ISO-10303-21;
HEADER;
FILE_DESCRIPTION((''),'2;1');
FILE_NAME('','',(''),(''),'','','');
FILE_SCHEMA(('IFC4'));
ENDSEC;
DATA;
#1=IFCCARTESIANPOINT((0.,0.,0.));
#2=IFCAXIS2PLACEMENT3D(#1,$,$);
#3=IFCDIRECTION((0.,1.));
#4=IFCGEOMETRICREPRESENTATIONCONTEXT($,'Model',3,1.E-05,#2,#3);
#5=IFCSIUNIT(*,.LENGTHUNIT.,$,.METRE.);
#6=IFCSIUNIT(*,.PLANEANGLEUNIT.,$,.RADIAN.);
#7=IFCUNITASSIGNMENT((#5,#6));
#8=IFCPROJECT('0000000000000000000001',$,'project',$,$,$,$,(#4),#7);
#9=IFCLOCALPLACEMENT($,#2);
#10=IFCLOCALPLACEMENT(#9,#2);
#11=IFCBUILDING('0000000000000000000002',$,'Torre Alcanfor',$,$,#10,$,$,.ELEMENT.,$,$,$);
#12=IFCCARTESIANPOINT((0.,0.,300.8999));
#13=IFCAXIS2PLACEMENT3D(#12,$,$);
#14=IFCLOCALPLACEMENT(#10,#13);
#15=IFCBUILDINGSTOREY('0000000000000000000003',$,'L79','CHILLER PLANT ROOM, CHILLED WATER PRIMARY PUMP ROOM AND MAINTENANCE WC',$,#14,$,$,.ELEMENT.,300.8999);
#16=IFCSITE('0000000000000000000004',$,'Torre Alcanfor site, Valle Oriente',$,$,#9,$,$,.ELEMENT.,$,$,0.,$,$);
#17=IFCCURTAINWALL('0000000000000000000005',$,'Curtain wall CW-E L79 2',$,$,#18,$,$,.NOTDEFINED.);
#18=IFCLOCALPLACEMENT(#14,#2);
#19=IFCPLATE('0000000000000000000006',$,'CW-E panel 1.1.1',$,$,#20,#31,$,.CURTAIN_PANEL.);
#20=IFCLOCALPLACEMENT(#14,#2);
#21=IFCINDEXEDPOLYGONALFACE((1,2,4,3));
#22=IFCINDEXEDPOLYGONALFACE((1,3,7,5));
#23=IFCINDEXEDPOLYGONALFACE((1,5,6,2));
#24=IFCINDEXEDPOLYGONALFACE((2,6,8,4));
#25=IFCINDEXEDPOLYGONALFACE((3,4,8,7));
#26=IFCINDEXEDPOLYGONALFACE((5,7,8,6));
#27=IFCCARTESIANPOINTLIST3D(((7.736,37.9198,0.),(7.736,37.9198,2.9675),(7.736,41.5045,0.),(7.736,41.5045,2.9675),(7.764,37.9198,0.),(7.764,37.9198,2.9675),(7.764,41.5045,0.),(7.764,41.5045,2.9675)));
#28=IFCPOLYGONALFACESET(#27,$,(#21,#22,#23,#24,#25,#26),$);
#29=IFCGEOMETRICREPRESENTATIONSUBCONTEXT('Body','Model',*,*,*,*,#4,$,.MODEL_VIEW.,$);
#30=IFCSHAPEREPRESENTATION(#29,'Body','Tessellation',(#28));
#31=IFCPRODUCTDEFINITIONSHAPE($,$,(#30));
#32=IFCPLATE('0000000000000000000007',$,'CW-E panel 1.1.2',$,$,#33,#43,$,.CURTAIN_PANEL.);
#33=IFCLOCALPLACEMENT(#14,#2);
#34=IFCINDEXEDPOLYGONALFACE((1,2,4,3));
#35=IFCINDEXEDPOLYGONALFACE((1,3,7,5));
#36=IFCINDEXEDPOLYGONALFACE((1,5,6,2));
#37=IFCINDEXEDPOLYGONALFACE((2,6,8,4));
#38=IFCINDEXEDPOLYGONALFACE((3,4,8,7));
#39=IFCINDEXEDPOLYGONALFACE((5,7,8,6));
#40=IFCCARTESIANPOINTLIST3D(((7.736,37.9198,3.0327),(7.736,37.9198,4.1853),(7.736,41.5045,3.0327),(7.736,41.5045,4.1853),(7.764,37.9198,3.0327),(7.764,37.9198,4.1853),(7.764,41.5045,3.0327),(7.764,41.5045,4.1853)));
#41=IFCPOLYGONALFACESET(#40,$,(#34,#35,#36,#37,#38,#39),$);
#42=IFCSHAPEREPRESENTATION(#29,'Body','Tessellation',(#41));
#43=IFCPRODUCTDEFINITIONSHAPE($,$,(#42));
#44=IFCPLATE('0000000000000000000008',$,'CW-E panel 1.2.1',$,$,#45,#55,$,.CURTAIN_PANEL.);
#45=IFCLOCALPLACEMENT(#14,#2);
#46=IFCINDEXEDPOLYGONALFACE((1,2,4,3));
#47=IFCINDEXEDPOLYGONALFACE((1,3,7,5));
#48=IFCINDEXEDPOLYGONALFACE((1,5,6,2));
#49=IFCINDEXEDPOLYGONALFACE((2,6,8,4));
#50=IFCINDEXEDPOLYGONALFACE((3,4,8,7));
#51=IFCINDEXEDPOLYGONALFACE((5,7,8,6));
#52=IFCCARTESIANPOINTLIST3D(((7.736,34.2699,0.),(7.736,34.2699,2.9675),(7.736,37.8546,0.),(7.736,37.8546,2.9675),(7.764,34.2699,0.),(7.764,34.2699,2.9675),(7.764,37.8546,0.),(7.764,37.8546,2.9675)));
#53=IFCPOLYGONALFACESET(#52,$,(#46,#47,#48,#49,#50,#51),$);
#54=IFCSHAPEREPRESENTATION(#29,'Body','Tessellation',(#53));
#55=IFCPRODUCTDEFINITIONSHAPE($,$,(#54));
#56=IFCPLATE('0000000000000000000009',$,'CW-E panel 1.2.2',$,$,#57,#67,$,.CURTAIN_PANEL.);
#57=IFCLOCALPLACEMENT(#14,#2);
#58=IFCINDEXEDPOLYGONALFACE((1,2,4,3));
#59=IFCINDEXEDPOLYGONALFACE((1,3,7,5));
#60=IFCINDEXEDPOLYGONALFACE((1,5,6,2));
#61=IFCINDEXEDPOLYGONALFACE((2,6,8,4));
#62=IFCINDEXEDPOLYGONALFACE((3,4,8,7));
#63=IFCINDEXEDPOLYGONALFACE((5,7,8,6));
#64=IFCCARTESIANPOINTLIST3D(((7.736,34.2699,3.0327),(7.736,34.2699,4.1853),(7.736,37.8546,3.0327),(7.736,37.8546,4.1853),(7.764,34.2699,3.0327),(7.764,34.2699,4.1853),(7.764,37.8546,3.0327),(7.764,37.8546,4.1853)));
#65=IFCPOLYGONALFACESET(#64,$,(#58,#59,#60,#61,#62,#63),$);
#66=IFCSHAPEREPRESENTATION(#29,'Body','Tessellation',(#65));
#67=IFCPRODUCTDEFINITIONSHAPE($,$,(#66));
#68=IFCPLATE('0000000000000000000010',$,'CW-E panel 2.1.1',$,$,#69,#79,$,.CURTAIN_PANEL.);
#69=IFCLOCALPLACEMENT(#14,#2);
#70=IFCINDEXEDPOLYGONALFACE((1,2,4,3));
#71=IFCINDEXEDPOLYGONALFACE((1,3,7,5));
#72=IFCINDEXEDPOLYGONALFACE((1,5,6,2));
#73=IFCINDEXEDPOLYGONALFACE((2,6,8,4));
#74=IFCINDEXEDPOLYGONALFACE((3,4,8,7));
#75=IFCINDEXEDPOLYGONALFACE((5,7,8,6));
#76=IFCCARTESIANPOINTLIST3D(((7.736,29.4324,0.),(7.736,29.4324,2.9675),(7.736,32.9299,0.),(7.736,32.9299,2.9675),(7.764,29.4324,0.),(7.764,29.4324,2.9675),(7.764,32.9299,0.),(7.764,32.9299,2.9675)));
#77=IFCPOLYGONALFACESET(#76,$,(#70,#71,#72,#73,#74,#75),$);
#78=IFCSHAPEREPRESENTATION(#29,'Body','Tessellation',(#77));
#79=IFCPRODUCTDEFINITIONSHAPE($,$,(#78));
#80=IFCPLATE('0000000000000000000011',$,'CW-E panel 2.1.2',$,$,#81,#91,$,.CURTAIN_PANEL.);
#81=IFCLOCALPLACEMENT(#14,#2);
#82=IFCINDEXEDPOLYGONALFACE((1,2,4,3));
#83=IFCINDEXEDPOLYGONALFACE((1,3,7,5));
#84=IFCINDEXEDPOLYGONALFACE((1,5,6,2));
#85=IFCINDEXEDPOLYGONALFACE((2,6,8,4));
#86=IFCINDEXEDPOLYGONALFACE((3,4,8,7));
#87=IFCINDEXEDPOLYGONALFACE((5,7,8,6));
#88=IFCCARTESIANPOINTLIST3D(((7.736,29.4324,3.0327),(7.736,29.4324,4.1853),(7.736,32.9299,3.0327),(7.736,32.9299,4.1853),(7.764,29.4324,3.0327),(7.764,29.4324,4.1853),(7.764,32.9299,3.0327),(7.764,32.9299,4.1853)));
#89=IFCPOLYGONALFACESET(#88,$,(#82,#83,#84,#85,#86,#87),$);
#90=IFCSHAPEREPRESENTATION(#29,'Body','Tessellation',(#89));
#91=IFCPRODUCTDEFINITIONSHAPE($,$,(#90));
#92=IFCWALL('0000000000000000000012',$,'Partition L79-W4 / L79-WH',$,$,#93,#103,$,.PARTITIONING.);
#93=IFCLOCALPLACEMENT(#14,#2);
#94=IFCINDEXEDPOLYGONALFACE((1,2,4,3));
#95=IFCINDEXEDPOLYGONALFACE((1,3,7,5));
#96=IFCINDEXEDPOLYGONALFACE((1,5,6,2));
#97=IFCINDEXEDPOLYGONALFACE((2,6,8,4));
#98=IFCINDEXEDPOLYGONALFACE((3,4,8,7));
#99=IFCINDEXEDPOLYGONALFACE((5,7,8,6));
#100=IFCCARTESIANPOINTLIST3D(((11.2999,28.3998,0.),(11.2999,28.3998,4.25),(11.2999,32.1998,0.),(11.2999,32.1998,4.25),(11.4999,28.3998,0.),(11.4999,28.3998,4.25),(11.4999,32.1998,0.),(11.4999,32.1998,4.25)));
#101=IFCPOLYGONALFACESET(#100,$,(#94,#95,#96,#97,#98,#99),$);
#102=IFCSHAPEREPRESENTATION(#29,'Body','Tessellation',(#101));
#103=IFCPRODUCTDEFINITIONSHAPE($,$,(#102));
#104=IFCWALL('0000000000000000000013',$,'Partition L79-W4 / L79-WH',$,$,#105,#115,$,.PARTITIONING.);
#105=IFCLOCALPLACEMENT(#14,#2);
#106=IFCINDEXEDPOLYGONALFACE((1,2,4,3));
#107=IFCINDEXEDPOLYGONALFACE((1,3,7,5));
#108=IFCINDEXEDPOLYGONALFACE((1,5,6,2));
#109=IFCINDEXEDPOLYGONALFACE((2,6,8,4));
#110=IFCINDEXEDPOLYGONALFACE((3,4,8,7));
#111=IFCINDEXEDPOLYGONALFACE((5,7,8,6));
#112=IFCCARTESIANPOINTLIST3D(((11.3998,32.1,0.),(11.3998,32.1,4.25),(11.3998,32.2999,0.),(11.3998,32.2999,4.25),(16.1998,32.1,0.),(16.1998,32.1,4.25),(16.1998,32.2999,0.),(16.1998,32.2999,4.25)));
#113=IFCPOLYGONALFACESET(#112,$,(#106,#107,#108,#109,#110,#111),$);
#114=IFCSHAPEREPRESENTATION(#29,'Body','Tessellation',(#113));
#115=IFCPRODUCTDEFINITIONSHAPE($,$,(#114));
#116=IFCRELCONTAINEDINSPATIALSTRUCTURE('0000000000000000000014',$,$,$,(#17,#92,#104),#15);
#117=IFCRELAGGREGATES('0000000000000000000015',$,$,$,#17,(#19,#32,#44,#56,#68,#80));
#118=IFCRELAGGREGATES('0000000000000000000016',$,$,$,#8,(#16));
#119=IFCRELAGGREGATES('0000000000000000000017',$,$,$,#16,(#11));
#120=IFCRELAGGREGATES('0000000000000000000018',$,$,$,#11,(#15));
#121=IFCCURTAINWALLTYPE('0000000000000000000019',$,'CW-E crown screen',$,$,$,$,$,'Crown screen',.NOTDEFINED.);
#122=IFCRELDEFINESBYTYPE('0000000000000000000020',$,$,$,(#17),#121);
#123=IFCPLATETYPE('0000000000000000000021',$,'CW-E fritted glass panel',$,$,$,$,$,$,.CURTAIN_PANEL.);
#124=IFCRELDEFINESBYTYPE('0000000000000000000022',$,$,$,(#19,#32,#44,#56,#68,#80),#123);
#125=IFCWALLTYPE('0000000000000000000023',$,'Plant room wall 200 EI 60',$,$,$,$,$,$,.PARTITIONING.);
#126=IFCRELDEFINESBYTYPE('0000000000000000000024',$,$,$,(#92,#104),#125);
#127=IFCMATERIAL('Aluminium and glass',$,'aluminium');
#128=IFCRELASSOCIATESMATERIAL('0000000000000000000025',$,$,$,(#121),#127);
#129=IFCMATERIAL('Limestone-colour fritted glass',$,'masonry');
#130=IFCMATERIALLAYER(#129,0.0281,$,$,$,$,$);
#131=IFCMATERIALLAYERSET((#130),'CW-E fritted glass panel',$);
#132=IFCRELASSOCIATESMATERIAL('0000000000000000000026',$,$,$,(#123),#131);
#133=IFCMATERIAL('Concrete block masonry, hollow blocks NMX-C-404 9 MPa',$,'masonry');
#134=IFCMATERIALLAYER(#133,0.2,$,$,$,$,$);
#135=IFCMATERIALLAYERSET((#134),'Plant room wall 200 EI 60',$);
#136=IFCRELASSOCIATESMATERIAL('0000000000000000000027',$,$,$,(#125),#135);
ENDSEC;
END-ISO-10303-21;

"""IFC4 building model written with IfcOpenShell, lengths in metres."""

from ifc_helpers import new_model, si_unit, direction, frame, frame_2d, origin, origin_2d, place, context, subcontext, project, spatial, rectangle, extrude, material, layer, layer_set, type_object, element, aggregate, save


model = new_model("IFC4")

# Units and contexts
model_context = context("Model", 3, precision=1e-05, world=origin(), true_north=direction((0.0, 1.0)))
body_context = subcontext(model_context, "Body", "Model", "MODEL_VIEW")
ifc_project = project(units=[si_unit("LENGTHUNIT", "METRE"), si_unit("PLANEANGLEUNIT", "RADIAN")], contexts=[model_context])

# Site, building, storey
site_placement = place(None, origin())
site = spatial("IfcSite", under=ifc_project, at=site_placement, Name="Torre Alcanfor site, Valle Oriente", CompositionType="ELEMENT", RefElevation=0.0)
building_placement = place(site_placement, origin())
building = spatial("IfcBuilding", under=site, at=building_placement, Name="Torre Alcanfor", CompositionType="ELEMENT")
storey_placement = place(building_placement, frame((0.0, 0.0, 300.8999)))
storey = spatial("IfcBuildingStorey", under=building, at=storey_placement, Name="L79", Description="CHILLER PLANT ROOM, CHILLED WATER PRIMARY PUMP ROOM AND MAINTENANCE WC", CompositionType="ELEMENT", Elevation=300.8999)

# Curtain wall
ifc_material_1 = material(Name="Aluminium and glass", Category="aluminium")
curtain_wall_type = type_object("IfcCurtainWallType", Name="CW-E crown screen", ElementType="Crown screen", PredefinedType="NOTDEFINED", material=ifc_material_1)
curtain_wall_placement = place(storey_placement, origin())
curtain_wall = element("IfcCurtainWall", 1, at=curtain_wall_placement, inside=storey, type_object=curtain_wall_type, Name="Curtain wall CW-E L79 2", PredefinedType="NOTDEFINED")

# Plates
ifc_material_2 = material(Name="Limestone-colour fritted glass", Category="masonry")
ifc_layer_1 = layer(ifc_material_2, 0.0281)
ifc_layer_set_1 = layer_set([ifc_layer_1], Name="CW-E fritted glass panel")
plate_type = type_object("IfcPlateType", Name="CW-E fritted glass panel", PredefinedType="CURTAIN_PANEL", material=ifc_layer_set_1)
plate_1_placement = place(storey_placement, frame((7.75, 39.7122, 0.0), z_axis=(0.0, 0.0, 1.0), x_axis=(0.0, -1.0, 0.0)))
plate_1 = element("IfcPlate", 2, at=plate_1_placement, type_object=plate_type, Name="CW-E panel 1.1.1", PredefinedType="CURTAIN_PANEL", context=body_context, shape_type="SweptSolid", body=[
    extrude(rectangle(XDim=3.5847, YDim=0.0281, at=origin_2d()), origin(), (0.0, 0.0, 1.0), 2.9675),
])
plate_2_placement = place(storey_placement, frame((7.75, 39.7122, 3.0327), z_axis=(0.0, 0.0, 1.0), x_axis=(0.0, -1.0, 0.0)))
plate_2 = element("IfcPlate", 3, at=plate_2_placement, type_object=plate_type, Name="CW-E panel 1.1.2", PredefinedType="CURTAIN_PANEL", context=body_context, shape_type="SweptSolid", body=[
    extrude(rectangle(XDim=3.5847, YDim=0.0281, at=origin_2d()), origin(), (0.0, 0.0, 1.0), 1.1526),
])
plate_3_placement = place(storey_placement, frame((7.75, 36.0623, 0.0), z_axis=(0.0, 0.0, 1.0), x_axis=(0.0, -1.0, 0.0)))
plate_3 = element("IfcPlate", 4, at=plate_3_placement, type_object=plate_type, Name="CW-E panel 1.2.1", PredefinedType="CURTAIN_PANEL", context=body_context, shape_type="SweptSolid", body=[
    extrude(rectangle(XDim=3.5847, YDim=0.0281, at=origin_2d()), origin(), (0.0, 0.0, 1.0), 2.9675),
])
plate_4_placement = place(storey_placement, frame((7.75, 36.0623, 3.0327), z_axis=(0.0, 0.0, 1.0), x_axis=(0.0, -1.0, 0.0)))
plate_4 = element("IfcPlate", 5, at=plate_4_placement, type_object=plate_type, Name="CW-E panel 1.2.2", PredefinedType="CURTAIN_PANEL", context=body_context, shape_type="SweptSolid", body=[
    extrude(rectangle(XDim=3.5847, YDim=0.0281, at=origin_2d()), origin(), (0.0, 0.0, 1.0), 1.1526),
])
plate_5_placement = place(storey_placement, frame((7.75, 31.1812, 0.0), z_axis=(0.0, 0.0, 1.0), x_axis=(0.0, -1.0, 0.0)))
plate_5 = element("IfcPlate", 6, at=plate_5_placement, type_object=plate_type, Name="CW-E panel 2.1.1", PredefinedType="CURTAIN_PANEL", context=body_context, shape_type="SweptSolid", body=[
    extrude(rectangle(XDim=3.4976, YDim=0.0281, at=origin_2d()), origin(), (0.0, 0.0, 1.0), 2.9675),
])
plate_6_placement = place(storey_placement, frame((7.75, 31.1812, 3.0327), z_axis=(0.0, 0.0, 1.0), x_axis=(0.0, -1.0, 0.0)))
plate_6 = element("IfcPlate", 7, at=plate_6_placement, type_object=plate_type, Name="CW-E panel 2.1.2", PredefinedType="CURTAIN_PANEL", context=body_context, shape_type="SweptSolid", body=[
    extrude(rectangle(XDim=3.4976, YDim=0.0281, at=origin_2d()), origin(), (0.0, 0.0, 1.0), 1.1526),
])
aggregate(curtain_wall, [plate_1, plate_2, plate_3, plate_4, plate_5, plate_6])

# Shared definitions
ifc_material_3 = material(Name="Concrete block masonry, hollow blocks NMX-C-404 9 MPa", Category="masonry")
ifc_layer_2 = layer(ifc_material_3, 0.2)
ifc_layer_set_2 = layer_set([ifc_layer_2], Name="Plant room wall 200 EI 60")
wall_type = type_object("IfcWallType", Name="Plant room wall 200 EI 60", PredefinedType="PARTITIONING", material=ifc_layer_set_2)

# Walls
wall_1_placement = place(storey_placement, frame((11.3999, 28.3999, 0.0), z_axis=(0.0, 0.0, 1.0), x_axis=(0.0, 1.0, 0.0)))
element("IfcWall", 8, at=wall_1_placement, inside=storey, type_object=wall_type, Name="Partition L79-W4 / L79-WH", PredefinedType="PARTITIONING", context=body_context, shape_type="SweptSolid", body=[
    extrude(rectangle(XDim=3.8, YDim=0.2, at=frame_2d((1.8999, 0.0))), origin(), (0.0, 0.0, 1.0), 4.25),
])
wall_2_placement = place(storey_placement, frame((11.3999, 32.2, 0.0), z_axis=(0.0, 0.0, 1.0), x_axis=(1.0, 0.0, 0.0)))
element("IfcWall", 9, at=wall_2_placement, inside=storey, type_object=wall_type, Name="Partition L79-W4 / L79-WH", PredefinedType="PARTITIONING", context=body_context, shape_type="SweptSolid", body=[
    extrude(rectangle(XDim=4.8, YDim=0.2, at=frame_2d((2.3999, 0.0))), origin(), (0.0, 0.0, 1.0), 4.25),
])

save(model, "model.ifc")
